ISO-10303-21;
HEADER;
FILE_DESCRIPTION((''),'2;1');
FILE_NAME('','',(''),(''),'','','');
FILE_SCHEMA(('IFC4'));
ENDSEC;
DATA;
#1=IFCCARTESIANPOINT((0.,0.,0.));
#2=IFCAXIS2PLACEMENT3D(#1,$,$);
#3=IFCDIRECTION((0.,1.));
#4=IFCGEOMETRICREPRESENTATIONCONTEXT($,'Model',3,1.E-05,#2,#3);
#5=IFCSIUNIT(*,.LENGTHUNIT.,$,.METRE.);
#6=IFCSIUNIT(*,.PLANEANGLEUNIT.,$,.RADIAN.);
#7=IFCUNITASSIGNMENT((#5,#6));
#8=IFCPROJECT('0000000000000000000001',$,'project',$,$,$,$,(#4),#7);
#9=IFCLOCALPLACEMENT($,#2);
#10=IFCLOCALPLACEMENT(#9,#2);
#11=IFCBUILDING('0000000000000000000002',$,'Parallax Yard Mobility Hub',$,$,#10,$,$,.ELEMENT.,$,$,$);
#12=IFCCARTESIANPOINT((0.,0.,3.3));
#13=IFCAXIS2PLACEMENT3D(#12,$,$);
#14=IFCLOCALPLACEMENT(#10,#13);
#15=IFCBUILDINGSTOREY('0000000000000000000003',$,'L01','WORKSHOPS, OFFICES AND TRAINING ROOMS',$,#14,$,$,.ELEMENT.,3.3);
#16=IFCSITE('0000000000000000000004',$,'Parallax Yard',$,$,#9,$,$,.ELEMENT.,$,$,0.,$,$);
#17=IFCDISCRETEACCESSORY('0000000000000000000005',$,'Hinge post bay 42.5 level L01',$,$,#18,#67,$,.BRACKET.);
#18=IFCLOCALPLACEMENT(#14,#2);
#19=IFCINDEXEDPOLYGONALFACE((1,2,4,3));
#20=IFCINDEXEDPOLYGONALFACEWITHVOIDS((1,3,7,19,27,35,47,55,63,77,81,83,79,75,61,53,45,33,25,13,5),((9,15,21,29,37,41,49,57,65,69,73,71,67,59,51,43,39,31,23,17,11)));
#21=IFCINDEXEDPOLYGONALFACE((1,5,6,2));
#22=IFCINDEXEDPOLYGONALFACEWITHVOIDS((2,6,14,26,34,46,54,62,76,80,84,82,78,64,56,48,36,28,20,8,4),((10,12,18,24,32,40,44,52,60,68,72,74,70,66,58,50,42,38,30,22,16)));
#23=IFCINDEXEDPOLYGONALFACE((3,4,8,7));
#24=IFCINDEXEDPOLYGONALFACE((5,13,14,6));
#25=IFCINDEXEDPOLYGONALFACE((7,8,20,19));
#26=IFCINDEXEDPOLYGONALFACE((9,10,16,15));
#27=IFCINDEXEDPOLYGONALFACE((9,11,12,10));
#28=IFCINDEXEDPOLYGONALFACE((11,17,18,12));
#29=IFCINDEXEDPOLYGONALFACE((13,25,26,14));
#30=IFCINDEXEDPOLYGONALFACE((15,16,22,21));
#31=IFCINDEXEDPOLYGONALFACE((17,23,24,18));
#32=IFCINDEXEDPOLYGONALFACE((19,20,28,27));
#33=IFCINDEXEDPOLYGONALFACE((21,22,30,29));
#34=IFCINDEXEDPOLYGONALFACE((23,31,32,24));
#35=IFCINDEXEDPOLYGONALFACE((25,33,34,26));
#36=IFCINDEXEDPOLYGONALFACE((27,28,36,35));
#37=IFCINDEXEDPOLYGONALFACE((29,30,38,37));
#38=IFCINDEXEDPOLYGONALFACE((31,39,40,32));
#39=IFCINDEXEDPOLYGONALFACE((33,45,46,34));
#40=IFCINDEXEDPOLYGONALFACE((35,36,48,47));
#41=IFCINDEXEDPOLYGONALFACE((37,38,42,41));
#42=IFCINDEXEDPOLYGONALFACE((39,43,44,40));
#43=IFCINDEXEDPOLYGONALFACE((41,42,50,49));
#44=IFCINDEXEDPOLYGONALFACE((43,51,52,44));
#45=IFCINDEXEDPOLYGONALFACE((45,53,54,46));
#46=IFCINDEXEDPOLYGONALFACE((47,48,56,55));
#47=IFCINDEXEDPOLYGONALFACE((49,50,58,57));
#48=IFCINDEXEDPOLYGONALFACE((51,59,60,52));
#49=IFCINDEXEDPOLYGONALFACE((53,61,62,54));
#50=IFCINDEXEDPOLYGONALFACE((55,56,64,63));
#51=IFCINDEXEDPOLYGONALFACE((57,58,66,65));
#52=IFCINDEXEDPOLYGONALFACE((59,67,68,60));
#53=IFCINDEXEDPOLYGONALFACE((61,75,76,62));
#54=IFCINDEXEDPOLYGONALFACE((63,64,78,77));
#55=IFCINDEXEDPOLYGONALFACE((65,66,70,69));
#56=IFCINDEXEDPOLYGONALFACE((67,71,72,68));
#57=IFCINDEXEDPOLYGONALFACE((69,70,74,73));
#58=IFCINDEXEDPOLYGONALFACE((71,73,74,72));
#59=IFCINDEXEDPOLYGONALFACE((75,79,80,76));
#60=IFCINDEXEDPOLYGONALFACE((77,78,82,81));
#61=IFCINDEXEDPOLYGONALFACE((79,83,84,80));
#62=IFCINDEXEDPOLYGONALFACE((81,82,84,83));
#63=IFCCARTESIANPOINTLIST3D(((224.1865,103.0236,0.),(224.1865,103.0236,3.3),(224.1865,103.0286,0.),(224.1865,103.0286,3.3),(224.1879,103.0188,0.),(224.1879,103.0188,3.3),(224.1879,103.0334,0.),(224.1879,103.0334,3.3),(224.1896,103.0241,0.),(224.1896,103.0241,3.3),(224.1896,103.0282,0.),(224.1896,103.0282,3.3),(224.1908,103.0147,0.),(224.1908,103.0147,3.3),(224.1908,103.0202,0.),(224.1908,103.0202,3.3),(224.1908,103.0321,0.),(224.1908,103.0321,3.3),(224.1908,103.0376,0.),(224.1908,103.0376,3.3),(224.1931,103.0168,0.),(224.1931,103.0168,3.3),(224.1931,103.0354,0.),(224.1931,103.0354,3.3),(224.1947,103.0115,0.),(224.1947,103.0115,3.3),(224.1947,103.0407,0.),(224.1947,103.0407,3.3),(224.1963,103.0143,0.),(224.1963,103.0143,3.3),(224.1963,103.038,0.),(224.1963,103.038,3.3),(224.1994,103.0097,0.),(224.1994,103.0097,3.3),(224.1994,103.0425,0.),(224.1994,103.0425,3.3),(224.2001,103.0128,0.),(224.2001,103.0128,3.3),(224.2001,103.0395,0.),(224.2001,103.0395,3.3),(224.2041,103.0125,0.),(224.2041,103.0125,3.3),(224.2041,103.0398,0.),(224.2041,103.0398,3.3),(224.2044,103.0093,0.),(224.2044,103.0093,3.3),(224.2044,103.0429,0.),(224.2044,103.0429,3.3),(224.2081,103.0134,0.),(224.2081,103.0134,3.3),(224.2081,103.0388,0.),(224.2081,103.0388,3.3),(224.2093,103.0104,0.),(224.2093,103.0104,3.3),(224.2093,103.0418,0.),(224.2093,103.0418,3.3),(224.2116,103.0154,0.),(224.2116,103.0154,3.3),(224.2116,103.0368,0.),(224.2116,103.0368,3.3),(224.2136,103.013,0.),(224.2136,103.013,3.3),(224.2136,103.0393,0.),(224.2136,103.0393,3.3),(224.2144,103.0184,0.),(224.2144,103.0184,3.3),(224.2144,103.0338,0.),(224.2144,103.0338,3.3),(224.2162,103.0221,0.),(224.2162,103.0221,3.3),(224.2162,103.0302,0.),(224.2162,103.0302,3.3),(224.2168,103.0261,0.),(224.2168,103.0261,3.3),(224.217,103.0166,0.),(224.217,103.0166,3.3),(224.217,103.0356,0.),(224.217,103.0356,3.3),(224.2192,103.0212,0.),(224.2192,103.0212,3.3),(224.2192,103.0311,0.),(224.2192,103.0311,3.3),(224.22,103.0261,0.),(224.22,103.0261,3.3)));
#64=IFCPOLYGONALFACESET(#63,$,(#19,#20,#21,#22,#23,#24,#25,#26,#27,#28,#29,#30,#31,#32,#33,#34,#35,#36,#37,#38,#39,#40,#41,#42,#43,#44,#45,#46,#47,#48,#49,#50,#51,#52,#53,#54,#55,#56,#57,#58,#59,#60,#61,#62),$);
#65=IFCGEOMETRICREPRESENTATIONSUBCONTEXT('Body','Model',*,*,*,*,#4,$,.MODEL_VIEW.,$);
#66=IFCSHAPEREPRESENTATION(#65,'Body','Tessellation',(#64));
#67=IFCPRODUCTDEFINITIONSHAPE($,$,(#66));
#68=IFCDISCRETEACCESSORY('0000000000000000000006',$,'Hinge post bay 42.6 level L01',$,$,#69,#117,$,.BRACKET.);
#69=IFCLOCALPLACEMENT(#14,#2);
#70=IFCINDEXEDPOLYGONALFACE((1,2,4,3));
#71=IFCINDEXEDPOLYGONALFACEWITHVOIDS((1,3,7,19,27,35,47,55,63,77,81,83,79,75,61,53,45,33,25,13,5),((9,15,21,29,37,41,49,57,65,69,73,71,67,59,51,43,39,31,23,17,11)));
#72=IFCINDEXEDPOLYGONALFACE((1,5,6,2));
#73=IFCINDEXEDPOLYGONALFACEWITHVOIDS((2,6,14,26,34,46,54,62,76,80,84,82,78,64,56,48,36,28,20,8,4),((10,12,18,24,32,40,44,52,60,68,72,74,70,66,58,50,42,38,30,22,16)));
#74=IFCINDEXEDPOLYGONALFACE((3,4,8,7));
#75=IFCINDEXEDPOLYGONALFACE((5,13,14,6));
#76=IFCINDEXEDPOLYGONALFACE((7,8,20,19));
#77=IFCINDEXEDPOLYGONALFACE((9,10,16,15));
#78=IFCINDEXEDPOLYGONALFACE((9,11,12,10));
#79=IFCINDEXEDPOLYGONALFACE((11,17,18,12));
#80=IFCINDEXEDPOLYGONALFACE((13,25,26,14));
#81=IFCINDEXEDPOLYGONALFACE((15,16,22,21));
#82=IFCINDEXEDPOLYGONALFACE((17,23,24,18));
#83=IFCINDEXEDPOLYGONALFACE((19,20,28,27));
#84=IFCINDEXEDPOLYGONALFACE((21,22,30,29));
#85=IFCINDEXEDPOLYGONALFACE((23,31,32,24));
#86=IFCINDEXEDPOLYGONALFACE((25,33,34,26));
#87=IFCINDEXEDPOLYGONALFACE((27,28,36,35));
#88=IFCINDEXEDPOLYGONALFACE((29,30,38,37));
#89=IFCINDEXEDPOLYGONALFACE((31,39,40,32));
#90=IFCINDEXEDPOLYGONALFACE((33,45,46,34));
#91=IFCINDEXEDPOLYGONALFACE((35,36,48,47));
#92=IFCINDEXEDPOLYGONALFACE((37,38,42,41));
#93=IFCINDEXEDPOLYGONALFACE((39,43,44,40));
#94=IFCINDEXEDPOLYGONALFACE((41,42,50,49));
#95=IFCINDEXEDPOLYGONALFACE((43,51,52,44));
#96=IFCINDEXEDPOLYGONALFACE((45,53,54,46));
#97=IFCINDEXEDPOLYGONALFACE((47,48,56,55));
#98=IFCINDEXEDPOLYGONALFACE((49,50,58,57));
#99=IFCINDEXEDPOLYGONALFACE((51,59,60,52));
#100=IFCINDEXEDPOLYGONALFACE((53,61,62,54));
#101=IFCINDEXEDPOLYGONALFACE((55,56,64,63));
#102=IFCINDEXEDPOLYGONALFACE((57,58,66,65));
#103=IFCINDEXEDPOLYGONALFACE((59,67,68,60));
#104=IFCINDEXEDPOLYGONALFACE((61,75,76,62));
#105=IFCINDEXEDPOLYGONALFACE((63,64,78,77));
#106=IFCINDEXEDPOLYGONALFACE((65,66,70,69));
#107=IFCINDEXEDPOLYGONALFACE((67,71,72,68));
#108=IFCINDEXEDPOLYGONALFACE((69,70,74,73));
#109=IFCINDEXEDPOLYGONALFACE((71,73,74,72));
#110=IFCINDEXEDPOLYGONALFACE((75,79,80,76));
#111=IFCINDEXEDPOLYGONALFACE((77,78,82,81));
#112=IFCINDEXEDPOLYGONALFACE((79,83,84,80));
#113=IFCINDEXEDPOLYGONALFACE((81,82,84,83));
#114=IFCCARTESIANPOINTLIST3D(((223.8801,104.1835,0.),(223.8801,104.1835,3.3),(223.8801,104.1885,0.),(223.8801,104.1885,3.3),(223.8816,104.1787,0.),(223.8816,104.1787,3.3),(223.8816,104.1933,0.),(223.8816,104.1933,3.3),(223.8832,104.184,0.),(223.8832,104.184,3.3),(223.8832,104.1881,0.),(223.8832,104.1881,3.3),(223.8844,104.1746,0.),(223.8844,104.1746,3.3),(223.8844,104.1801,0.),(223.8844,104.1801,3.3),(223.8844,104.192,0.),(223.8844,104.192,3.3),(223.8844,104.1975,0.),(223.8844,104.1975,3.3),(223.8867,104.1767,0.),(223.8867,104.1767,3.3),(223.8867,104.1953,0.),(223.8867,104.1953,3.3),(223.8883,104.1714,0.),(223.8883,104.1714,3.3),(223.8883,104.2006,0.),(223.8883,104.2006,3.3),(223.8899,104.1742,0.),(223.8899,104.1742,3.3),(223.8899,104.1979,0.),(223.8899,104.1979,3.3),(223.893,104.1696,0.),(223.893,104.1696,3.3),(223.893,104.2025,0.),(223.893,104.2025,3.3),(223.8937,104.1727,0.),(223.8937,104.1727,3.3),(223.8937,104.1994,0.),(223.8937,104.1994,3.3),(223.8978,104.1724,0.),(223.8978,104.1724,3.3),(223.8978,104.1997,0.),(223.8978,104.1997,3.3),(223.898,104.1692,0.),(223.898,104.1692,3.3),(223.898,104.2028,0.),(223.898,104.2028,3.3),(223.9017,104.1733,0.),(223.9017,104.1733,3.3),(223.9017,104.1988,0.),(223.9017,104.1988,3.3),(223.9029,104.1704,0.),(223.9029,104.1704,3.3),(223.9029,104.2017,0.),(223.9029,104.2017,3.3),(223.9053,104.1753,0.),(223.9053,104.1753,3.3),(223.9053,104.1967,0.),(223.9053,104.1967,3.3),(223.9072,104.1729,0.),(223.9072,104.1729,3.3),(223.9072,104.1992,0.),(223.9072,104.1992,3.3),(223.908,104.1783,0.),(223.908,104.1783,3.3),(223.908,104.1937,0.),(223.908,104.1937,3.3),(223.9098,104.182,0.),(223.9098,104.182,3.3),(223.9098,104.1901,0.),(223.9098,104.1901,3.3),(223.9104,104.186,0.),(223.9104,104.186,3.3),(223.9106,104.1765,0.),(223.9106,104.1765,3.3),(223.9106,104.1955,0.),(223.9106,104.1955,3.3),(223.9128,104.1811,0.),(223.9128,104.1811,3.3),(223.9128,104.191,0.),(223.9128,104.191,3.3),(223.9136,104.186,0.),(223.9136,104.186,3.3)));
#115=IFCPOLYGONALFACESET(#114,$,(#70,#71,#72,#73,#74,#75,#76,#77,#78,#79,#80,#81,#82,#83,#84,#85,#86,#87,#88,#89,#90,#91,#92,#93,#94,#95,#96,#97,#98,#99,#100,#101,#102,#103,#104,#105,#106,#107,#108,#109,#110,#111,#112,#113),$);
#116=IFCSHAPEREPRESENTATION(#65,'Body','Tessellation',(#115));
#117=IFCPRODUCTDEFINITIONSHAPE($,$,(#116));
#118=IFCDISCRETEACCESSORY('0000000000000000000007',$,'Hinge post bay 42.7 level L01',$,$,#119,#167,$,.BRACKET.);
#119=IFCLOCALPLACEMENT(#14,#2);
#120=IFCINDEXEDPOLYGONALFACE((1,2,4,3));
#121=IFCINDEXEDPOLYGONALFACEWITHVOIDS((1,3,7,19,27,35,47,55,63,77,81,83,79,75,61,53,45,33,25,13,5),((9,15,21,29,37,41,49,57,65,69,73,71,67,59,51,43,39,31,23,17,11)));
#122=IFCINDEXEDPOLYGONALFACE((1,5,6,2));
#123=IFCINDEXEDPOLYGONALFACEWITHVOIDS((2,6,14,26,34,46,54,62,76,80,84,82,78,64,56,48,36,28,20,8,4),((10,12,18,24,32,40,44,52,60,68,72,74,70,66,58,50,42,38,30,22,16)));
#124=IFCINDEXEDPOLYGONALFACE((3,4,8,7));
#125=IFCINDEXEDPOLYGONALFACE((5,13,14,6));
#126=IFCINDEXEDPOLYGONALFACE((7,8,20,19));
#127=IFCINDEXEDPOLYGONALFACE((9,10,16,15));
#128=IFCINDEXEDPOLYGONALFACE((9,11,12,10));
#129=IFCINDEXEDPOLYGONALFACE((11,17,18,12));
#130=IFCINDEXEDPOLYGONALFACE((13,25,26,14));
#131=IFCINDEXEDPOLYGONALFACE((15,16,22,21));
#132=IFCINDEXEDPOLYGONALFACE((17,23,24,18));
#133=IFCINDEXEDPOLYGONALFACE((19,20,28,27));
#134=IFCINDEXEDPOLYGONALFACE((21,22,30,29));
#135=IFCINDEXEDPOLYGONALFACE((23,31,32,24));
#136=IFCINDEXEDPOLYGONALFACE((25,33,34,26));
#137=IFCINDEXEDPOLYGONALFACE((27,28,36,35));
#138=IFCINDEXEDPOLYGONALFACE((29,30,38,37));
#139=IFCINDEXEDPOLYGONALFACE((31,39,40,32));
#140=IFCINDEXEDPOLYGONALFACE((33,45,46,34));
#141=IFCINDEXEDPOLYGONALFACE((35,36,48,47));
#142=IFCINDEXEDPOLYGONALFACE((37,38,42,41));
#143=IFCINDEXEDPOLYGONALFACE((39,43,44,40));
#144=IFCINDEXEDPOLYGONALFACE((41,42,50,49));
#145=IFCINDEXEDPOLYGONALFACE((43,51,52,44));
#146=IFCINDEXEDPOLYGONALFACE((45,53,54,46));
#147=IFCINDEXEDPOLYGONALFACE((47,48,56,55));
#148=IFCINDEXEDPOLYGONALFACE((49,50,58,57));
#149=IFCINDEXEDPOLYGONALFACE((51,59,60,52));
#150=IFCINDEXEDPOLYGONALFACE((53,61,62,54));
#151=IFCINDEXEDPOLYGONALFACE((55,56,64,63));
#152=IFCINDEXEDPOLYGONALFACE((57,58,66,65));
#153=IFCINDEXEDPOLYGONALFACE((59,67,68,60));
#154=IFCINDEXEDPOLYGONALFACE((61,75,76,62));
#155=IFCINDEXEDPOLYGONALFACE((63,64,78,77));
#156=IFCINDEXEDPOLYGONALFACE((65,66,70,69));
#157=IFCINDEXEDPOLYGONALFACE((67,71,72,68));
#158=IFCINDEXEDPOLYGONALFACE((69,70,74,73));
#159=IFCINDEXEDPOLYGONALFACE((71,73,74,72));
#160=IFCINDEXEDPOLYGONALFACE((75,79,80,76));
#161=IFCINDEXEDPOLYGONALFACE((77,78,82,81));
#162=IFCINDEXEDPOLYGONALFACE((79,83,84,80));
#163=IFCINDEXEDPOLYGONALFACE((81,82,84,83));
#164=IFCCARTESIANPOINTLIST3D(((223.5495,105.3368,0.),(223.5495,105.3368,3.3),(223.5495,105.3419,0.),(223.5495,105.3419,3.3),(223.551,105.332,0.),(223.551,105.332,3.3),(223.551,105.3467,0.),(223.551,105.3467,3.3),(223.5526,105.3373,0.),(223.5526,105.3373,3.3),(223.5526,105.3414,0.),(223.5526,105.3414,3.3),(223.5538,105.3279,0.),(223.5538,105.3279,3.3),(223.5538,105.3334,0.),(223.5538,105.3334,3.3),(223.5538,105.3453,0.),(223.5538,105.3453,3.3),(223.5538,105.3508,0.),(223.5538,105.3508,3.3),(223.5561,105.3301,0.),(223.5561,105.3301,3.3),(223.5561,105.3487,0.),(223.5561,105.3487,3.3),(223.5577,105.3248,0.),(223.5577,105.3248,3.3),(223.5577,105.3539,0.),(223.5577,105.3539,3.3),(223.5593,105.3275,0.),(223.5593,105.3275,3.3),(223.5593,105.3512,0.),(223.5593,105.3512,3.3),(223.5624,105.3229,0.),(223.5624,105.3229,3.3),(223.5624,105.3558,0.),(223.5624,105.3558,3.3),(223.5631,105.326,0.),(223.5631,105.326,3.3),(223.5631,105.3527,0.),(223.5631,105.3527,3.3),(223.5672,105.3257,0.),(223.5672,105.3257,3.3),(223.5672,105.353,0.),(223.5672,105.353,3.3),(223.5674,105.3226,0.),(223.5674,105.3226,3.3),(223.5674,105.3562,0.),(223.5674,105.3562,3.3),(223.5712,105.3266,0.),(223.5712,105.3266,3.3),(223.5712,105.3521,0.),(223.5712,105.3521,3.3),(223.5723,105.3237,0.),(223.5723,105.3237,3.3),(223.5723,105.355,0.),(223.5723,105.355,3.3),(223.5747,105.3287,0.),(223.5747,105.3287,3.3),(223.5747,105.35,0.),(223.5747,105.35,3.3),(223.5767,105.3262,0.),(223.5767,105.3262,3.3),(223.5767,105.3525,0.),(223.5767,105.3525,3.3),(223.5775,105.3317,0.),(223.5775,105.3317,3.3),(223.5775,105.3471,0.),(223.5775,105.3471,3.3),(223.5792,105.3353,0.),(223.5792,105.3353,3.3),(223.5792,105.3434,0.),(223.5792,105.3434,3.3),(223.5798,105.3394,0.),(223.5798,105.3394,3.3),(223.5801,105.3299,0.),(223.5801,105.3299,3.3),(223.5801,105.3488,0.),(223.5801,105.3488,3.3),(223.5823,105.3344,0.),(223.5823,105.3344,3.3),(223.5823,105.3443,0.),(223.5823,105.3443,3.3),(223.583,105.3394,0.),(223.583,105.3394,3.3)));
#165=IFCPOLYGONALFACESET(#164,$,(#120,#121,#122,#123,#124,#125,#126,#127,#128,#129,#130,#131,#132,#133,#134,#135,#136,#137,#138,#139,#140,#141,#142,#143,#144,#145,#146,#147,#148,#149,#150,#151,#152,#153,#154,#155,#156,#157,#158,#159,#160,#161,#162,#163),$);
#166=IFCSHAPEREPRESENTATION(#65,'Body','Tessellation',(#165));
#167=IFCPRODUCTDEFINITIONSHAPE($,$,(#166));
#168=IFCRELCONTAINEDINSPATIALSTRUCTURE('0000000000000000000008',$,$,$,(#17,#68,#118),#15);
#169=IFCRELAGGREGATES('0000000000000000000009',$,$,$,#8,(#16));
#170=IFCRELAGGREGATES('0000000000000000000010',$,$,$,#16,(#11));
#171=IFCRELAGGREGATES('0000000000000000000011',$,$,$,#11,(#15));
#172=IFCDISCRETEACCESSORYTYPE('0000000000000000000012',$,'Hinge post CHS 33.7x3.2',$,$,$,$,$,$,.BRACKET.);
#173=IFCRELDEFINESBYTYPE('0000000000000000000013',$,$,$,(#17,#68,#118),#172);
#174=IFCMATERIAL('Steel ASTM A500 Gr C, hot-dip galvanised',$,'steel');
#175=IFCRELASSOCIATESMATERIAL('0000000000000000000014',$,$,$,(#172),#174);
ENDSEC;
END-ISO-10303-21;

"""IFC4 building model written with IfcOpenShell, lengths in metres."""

from ifc_helpers import new_model, si_unit, direction, frame, origin, origin_2d, place, context, subcontext, project, spatial, hollow_circle, extrude, material, material_profile, profile_set, type_object, element, save


model = new_model("IFC4")

# Units and contexts
model_context = context("Model", 3, precision=1e-05, world=origin(), true_north=direction((0.0, 1.0)))
body_context = subcontext(model_context, "Body", "Model", "MODEL_VIEW")
ifc_project = project(units=[si_unit("LENGTHUNIT", "METRE"), si_unit("PLANEANGLEUNIT", "RADIAN")], contexts=[model_context])

# Site, building, storey
site_placement = place(None, origin())
site = spatial("IfcSite", under=ifc_project, at=site_placement, Name="Parallax Yard", CompositionType="ELEMENT", RefElevation=0.0)
building_placement = place(site_placement, origin())
building = spatial("IfcBuilding", under=site, at=building_placement, Name="Parallax Yard Mobility Hub", CompositionType="ELEMENT")
storey_placement = place(building_placement, frame((0.0, 0.0, 3.3)))
storey = spatial("IfcBuildingStorey", under=building, at=storey_placement, Name="L01", Description="WORKSHOPS, OFFICES AND TRAINING ROOMS", CompositionType="ELEMENT", Elevation=3.3)

# Discrete accessories
ifc_material_1 = material(Name="Steel ASTM A500 Gr C, hot-dip galvanised", Category="steel")
ifc_material_profile_1 = material_profile(ifc_material_1, hollow_circle(Radius=0.0168, WallThickness=0.0032, at=origin_2d()), Name="CHS 33.7x3.2")
ifc_profile_set_1 = profile_set([ifc_material_profile_1], Name="Steel ASTM A500 Gr C, hot-dip galvanised")
discrete_accessory_type_1 = type_object("IfcDiscreteAccessoryType", Name="Hinge post CHS 33.7x3.2", PredefinedType="BRACKET", material=ifc_profile_set_1)
for number, where, z_axis, x_axis, name in (
    (1, (224.2031, 103.0261, 0.0), (0.0, 0.0, 1.0), (1.0, 0.0, 0.0), "Hinge post bay 42.5 level L01"),
    (2, (223.8967, 104.186, 0.0), (0.0, 0.0, 1.0), (1.0, 0.0, 0.0), "Hinge post bay 42.6 level L01"),
    (3, (223.5662, 105.3394, 0.0), (0.0, 0.0, 1.0), (1.0, 0.0, 0.0), "Hinge post bay 42.7 level L01"),
):
    element("IfcDiscreteAccessory", number, at=place(storey_placement, frame(where, z_axis=z_axis, x_axis=x_axis)), inside=storey, type_object=discrete_accessory_type_1, Name=name, PredefinedType="BRACKET", context=body_context, shape_type="SweptSolid", body=[
        extrude(hollow_circle(Radius=0.0168, WallThickness=0.0032, at=origin_2d()), origin(), (0.0, 0.0, 1.0), 3.3),
    ])

save(model, "model.ifc")
